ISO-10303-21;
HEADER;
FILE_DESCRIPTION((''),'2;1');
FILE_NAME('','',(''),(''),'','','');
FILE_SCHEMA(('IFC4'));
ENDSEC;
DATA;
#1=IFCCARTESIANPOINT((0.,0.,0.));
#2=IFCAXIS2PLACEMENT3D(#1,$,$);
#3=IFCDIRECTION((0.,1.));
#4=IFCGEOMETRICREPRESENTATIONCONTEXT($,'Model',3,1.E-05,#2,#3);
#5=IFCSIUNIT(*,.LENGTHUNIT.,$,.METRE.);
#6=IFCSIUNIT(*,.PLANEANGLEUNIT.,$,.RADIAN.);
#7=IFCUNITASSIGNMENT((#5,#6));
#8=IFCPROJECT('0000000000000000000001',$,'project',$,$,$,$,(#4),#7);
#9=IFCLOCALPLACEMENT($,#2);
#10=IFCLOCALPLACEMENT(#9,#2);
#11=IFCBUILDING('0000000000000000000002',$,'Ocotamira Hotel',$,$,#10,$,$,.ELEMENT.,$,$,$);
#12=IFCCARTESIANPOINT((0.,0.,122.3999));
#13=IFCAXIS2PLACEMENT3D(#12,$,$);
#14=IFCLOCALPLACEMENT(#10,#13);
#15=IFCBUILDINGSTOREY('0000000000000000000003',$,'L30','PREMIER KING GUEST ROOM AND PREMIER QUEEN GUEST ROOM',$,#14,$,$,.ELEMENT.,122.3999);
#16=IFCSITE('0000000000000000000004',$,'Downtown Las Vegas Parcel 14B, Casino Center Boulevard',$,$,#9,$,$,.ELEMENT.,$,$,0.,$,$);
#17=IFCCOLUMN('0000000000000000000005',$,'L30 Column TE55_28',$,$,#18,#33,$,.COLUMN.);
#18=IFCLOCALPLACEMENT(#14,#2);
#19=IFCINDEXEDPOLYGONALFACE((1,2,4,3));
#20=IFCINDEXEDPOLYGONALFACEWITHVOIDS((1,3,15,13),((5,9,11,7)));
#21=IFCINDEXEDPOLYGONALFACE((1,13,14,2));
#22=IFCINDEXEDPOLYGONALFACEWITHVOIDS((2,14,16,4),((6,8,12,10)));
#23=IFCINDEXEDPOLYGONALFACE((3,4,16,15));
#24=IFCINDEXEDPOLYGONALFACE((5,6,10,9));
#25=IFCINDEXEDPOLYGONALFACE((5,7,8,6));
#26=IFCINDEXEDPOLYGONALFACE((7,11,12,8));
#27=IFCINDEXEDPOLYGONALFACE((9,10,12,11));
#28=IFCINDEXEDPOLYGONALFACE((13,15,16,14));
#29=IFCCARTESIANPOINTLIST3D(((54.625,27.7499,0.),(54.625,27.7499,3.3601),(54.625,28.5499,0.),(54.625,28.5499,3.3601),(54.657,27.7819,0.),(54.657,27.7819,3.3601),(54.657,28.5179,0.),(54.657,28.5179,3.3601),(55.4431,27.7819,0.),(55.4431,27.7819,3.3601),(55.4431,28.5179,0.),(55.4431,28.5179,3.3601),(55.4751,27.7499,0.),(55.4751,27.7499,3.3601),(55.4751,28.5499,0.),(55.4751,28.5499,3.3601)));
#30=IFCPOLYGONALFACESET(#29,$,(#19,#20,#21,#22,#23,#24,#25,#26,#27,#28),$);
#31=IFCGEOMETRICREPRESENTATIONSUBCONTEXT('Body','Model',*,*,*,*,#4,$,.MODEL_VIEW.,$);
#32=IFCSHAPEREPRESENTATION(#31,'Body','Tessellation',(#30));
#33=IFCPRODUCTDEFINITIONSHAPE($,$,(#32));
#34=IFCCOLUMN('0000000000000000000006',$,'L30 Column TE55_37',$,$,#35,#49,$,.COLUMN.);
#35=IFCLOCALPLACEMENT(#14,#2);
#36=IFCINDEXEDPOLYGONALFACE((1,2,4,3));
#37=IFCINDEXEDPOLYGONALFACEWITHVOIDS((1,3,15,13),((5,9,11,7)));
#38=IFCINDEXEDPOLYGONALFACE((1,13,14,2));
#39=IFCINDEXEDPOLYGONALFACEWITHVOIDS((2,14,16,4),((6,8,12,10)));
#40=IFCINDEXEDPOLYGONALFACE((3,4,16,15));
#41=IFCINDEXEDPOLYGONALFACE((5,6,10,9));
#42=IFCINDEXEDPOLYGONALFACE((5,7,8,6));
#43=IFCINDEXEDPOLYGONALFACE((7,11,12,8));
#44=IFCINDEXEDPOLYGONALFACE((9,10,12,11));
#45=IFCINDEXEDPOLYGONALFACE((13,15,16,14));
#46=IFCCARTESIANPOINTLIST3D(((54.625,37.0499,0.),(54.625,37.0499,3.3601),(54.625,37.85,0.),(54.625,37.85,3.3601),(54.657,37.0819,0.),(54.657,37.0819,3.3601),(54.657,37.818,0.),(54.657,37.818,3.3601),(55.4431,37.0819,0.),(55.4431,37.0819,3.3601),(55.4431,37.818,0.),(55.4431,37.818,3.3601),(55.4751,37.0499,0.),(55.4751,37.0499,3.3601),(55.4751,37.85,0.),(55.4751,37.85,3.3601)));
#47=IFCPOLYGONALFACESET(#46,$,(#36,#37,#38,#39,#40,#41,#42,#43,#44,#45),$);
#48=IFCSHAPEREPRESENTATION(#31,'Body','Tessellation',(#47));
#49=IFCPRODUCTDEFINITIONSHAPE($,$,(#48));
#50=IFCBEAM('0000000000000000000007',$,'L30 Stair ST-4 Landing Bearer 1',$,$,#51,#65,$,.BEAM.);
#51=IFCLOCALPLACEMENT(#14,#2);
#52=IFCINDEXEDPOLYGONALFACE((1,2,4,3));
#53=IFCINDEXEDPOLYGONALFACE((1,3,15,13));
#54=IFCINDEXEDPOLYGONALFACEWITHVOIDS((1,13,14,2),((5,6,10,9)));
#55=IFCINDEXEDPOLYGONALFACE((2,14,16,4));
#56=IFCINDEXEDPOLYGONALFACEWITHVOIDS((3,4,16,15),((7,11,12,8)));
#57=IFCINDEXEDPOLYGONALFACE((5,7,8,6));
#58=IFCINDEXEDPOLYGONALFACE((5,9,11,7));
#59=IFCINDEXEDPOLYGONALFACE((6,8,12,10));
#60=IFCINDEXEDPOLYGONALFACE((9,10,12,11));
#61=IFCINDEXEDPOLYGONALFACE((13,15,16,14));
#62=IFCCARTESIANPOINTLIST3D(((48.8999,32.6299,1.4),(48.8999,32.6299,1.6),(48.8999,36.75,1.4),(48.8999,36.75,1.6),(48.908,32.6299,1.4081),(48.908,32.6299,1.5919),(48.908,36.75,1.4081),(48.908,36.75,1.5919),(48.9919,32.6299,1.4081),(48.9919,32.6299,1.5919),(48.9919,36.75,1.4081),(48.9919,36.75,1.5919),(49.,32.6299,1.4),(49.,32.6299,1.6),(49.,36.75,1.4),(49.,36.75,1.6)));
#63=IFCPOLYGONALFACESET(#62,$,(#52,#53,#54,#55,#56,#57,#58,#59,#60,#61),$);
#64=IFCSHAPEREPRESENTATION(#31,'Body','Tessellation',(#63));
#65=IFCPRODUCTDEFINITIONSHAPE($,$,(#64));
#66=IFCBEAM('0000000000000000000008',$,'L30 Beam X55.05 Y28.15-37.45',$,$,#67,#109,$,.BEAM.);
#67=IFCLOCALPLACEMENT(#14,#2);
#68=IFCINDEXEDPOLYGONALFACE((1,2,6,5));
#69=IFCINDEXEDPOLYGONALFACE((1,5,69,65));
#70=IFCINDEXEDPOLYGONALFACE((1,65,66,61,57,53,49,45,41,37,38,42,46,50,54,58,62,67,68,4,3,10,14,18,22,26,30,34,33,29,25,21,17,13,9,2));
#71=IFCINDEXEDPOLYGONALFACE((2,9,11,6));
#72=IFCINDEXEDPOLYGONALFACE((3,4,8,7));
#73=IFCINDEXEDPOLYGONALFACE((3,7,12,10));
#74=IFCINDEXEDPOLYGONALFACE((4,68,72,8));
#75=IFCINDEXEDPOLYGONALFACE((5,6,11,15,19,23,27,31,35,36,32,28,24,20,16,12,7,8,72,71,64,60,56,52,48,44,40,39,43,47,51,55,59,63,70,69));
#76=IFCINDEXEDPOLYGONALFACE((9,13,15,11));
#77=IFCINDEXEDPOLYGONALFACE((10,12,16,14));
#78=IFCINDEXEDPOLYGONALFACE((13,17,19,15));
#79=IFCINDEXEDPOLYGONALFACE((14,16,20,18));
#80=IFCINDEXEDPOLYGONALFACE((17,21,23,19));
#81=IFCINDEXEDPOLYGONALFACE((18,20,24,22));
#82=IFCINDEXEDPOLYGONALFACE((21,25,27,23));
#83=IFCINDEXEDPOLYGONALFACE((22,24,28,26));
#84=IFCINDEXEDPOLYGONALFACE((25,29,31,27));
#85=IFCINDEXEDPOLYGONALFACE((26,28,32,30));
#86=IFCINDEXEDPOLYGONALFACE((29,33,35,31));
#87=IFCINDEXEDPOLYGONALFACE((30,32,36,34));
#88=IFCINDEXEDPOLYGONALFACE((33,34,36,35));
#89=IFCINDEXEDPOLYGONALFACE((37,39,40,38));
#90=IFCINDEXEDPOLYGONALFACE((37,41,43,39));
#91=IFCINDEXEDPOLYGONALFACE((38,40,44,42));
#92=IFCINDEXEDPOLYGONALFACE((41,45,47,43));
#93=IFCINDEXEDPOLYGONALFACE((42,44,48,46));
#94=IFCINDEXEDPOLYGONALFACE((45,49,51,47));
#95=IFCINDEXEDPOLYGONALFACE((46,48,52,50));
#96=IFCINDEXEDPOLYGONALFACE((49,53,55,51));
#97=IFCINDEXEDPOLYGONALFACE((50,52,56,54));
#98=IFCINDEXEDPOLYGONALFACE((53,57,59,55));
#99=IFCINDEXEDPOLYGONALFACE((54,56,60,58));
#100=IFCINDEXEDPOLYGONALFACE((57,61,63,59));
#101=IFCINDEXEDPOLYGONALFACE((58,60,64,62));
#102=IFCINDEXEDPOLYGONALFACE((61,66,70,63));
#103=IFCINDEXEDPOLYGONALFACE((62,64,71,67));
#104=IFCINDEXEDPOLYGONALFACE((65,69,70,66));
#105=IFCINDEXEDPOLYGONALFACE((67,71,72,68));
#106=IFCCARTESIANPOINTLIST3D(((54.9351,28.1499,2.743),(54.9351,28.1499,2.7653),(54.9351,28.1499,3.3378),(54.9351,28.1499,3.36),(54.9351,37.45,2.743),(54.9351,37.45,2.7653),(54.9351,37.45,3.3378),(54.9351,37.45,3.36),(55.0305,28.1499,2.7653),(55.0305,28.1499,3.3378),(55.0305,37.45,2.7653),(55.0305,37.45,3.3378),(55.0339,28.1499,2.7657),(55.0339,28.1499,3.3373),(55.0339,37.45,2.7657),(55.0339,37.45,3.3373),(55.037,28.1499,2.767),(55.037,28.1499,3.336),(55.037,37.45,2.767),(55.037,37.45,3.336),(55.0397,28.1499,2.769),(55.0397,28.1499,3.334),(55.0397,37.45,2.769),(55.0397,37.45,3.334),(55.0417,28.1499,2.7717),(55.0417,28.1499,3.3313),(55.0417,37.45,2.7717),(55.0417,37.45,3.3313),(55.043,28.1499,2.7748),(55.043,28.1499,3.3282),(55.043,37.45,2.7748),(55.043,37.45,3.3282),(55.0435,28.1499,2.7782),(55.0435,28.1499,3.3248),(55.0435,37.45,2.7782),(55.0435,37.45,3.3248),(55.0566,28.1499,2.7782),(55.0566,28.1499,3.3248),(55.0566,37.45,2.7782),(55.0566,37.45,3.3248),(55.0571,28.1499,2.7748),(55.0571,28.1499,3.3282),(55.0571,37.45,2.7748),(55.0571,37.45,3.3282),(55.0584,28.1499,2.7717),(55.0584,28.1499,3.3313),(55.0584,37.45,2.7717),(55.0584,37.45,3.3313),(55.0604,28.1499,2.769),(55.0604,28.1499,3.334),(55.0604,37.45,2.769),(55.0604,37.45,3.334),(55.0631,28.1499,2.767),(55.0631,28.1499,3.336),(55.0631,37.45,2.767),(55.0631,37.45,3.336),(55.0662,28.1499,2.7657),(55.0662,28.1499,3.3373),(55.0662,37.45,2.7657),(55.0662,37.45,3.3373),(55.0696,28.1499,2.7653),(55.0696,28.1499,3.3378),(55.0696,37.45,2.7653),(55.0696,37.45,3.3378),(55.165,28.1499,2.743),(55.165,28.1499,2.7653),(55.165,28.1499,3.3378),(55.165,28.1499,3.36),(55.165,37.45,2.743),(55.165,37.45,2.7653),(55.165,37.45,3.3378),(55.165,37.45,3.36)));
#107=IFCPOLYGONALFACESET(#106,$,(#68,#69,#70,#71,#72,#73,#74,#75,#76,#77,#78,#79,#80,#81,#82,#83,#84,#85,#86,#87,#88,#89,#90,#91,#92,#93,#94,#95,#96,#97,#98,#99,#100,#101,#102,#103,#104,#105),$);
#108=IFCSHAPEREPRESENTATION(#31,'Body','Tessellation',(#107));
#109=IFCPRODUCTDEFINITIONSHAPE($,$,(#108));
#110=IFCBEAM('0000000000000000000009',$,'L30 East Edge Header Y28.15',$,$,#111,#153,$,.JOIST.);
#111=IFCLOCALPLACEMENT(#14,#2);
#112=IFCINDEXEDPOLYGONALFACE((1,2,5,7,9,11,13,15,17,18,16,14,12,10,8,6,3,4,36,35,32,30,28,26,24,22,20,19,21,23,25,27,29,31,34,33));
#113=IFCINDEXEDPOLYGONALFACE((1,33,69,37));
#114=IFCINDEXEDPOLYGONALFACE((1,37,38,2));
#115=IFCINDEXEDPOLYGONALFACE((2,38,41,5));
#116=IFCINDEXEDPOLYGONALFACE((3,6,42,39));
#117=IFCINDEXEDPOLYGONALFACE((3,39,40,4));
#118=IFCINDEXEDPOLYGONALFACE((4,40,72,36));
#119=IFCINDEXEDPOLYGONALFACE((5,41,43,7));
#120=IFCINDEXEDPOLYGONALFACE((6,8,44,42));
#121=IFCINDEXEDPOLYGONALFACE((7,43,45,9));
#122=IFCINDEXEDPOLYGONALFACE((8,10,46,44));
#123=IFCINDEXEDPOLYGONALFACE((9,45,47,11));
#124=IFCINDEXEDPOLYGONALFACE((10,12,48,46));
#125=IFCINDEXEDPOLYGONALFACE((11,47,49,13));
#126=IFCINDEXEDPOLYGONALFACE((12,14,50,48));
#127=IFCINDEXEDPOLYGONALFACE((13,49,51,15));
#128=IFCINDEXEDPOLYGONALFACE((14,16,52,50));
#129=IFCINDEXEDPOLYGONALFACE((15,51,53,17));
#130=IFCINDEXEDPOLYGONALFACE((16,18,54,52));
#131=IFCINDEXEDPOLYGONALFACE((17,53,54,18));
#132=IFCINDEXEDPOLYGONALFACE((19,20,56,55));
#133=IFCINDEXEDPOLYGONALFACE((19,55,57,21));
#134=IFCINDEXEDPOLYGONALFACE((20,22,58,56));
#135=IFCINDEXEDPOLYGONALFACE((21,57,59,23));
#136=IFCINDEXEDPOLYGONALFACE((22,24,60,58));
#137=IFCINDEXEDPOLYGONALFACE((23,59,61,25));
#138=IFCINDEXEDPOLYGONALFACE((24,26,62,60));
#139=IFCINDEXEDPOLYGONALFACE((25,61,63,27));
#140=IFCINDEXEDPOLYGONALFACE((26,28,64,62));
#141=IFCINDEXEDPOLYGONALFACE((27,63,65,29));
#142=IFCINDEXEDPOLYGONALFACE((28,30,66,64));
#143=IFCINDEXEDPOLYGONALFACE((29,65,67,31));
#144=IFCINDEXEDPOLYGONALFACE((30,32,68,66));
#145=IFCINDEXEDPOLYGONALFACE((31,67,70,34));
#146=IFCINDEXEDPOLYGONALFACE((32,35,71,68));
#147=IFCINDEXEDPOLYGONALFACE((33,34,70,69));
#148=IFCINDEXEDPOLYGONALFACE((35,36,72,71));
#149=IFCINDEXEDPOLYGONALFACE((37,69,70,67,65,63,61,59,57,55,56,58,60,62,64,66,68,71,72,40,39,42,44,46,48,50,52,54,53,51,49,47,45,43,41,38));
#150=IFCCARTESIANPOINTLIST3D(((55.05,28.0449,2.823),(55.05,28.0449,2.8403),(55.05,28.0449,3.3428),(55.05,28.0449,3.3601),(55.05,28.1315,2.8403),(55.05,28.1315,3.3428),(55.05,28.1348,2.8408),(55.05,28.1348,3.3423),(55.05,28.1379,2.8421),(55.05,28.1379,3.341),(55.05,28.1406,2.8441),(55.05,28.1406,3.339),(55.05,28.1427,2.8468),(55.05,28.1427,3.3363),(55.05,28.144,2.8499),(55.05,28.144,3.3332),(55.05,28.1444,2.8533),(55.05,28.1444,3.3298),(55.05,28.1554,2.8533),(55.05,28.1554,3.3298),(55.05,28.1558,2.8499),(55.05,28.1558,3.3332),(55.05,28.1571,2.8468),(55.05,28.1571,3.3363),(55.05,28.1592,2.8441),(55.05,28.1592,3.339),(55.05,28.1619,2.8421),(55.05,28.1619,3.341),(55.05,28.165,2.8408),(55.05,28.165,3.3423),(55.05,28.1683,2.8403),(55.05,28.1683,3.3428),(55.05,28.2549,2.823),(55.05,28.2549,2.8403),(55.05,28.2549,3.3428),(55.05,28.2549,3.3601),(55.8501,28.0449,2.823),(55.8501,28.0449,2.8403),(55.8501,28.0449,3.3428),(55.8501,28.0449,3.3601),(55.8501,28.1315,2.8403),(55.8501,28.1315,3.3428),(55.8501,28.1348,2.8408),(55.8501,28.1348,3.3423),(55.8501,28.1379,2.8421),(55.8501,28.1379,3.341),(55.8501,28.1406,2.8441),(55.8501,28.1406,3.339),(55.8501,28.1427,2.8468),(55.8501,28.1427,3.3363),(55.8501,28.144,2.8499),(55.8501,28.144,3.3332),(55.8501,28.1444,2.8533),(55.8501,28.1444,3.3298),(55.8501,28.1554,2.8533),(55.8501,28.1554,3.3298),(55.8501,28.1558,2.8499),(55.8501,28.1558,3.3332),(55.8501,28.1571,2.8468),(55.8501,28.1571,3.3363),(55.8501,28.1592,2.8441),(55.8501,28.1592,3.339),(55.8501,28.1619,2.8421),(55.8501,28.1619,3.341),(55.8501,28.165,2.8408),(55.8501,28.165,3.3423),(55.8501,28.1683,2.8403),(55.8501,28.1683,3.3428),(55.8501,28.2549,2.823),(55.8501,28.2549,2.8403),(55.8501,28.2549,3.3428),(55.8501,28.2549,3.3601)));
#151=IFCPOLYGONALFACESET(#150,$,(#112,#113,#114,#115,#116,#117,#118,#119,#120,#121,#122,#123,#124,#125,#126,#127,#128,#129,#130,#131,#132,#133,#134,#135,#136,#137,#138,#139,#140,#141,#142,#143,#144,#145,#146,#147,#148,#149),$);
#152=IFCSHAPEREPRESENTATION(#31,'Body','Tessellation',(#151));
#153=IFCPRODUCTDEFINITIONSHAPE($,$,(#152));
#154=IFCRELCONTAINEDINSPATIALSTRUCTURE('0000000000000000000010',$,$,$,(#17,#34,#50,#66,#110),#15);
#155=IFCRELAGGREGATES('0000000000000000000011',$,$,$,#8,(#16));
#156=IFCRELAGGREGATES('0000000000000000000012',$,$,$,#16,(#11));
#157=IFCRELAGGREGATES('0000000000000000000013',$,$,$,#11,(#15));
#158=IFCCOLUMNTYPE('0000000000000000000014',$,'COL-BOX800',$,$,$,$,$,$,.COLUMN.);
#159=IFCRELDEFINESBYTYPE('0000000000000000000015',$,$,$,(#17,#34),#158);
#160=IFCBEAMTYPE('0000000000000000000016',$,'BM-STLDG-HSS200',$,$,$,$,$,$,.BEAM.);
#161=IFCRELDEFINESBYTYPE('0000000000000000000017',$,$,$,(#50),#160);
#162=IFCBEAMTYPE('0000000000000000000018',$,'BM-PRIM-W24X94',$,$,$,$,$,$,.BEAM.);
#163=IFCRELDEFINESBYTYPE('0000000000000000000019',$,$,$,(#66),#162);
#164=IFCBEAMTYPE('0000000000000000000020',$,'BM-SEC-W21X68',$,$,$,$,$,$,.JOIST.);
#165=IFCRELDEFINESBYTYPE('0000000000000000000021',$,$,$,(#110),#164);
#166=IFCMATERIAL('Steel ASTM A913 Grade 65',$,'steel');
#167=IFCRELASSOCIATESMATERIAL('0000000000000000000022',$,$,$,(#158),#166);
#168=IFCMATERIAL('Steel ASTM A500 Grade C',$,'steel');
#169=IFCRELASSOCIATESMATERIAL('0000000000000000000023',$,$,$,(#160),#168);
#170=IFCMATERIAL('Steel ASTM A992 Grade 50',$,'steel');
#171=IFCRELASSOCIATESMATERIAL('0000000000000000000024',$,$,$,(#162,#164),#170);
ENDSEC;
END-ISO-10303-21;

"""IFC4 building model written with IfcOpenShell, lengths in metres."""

from ifc_helpers import new_model, si_unit, direction, frame, origin, origin_2d, place, context, subcontext, project, spatial, hollow_rectangle, i_section, extrude, source, transform, mapped, material, material_profile, profile_set, type_object, element, save


model = new_model("IFC4")

# Units and contexts
model_context = context("Model", 3, precision=1e-05, world=origin(), true_north=direction((0.0, 1.0)))
body_context = subcontext(model_context, "Body", "Model", "MODEL_VIEW")
ifc_project = project(units=[si_unit("LENGTHUNIT", "METRE"), si_unit("PLANEANGLEUNIT", "RADIAN")], contexts=[model_context])

# Site, building, storey
site_placement = place(None, origin())
site = spatial("IfcSite", under=ifc_project, at=site_placement, Name="Downtown Las Vegas Parcel 14B, Casino Center Boulevard", CompositionType="ELEMENT", RefElevation=0.0)
building_placement = place(site_placement, origin())
building = spatial("IfcBuilding", under=site, at=building_placement, Name="Ocotamira Hotel", CompositionType="ELEMENT")
storey_placement = place(building_placement, frame((0.0, 0.0, 122.3999)))
storey = spatial("IfcBuildingStorey", under=building, at=storey_placement, Name="L30", Description="PREMIER KING GUEST ROOM AND PREMIER QUEEN GUEST ROOM", CompositionType="ELEMENT", Elevation=122.3999)

# Columns
ifc_material_1 = material(Name="Steel ASTM A913 Grade 65", Category="steel")
ifc_material_profile_1 = material_profile(ifc_material_1, hollow_rectangle(XDim=0.8501, YDim=0.8, WallThickness=0.032, at=origin_2d()), Name="BOX800X850X32")
ifc_profile_set_1 = profile_set([ifc_material_profile_1], Name="Steel ASTM A913 Grade 65")
column_type = type_object("IfcColumnType", Name="COL-BOX800", PredefinedType="COLUMN", material=ifc_profile_set_1)
shared_shape_1 = source(origin(), body_context, "Body", "SweptSolid", [
    extrude(hollow_rectangle(XDim=0.8501, YDim=0.8, WallThickness=0.032, at=origin_2d()), origin(), (0.0, 0.0, 1.0), 3.3601),
])
for number, where, z_axis, x_axis, name in (
    (1, (55.05, 28.1499, 0.0), (0.0, 0.0, 1.0), (1.0, 0.0, 0.0), "L30 Column TE55_28"),
    (2, (55.05, 37.45, 0.0), (0.0, 0.0, 1.0), (1.0, 0.0, 0.0), "L30 Column TE55_37"),
):
    element("IfcColumn", number, at=place(storey_placement, frame(where, z_axis=z_axis, x_axis=x_axis)), inside=storey, type_object=column_type, Name=name, PredefinedType="COLUMN", context=body_context, shape_type="MappedRepresentation", body=[
        mapped(shared_shape_1, transform((0.0, 0.0, 0.0), scale=1.0)),
    ])

# Beams
ifc_material_2 = material(Name="Steel ASTM A500 Grade C", Category="steel")
ifc_material_profile_2 = material_profile(ifc_material_2, hollow_rectangle(XDim=0.1001, YDim=0.2, WallThickness=0.0081, at=origin_2d()), Name="HSS200X100X8")
ifc_profile_set_2 = profile_set([ifc_material_profile_2], Name="Steel ASTM A500 Grade C")
beam_type_1 = type_object("IfcBeamType", Name="BM-STLDG-HSS200", PredefinedType="BEAM", material=ifc_profile_set_2)
shared_shape_2 = source(origin(), body_context, "Body", "SweptSolid", [
    extrude(hollow_rectangle(XDim=0.1001, YDim=0.2, WallThickness=0.0081, at=origin_2d()), origin(), (0.0, 0.0, 1.0), 4.1201),
])
beam_1_placement = place(storey_placement, frame((48.95, 32.6299, 1.5), z_axis=(0.0, 1.0, 0.0), x_axis=(-1.0, 0.0, 0.0)))
element("IfcBeam", 3, at=beam_1_placement, inside=storey, type_object=beam_type_1, Name="L30 Stair ST-4 Landing Bearer 1", PredefinedType="BEAM", context=body_context, shape_type="MappedRepresentation", body=[
    mapped(shared_shape_2, transform((0.0, 0.0, 0.0), scale=1.0)),
])
ifc_material_3 = material(Name="Steel ASTM A992 Grade 50", Category="steel")
ifc_material_profile_3 = material_profile(ifc_material_3, i_section(OverallWidth=0.23, OverallDepth=0.6169, WebThickness=0.0132, FlangeThickness=0.0222, FilletRadius=0.0129, at=origin_2d()), Name="W24X94")
ifc_profile_set_3 = profile_set([ifc_material_profile_3], Name="Steel ASTM A992 Grade 50")
beam_type_2 = type_object("IfcBeamType", Name="BM-PRIM-W24X94", PredefinedType="BEAM", material=ifc_profile_set_3)
shared_shape_3 = source(origin(), body_context, "Body", "SweptSolid", [
    extrude(i_section(OverallWidth=0.23, OverallDepth=0.6169, WebThickness=0.0132, FlangeThickness=0.0222, FilletRadius=0.0129, at=origin_2d()), origin(), (0.0, 0.0, 1.0), 9.3),
])
beam_2_placement = place(storey_placement, frame((55.05, 28.1499, 3.0515), z_axis=(0.0, 1.0, 0.0), x_axis=(-1.0, 0.0, 0.0)))
element("IfcBeam", 4, at=beam_2_placement, inside=storey, type_object=beam_type_2, Name="L30 Beam X55.05 Y28.15-37.45", PredefinedType="BEAM", context=body_context, shape_type="MappedRepresentation", body=[
    mapped(shared_shape_3, transform((0.0, 0.0, 0.0), scale=1.0)),
])
ifc_material_profile_4 = material_profile(ifc_material_3, i_section(OverallWidth=0.21, OverallDepth=0.5371, WebThickness=0.011, FlangeThickness=0.0173, FilletRadius=0.0129, at=origin_2d()), Name="W21X68")
ifc_profile_set_4 = profile_set([ifc_material_profile_4], Name="Steel ASTM A992 Grade 50")
beam_type_3 = type_object("IfcBeamType", Name="BM-SEC-W21X68", PredefinedType="JOIST", material=ifc_profile_set_4)
shared_shape_4 = source(origin(), body_context, "Body", "SweptSolid", [
    extrude(i_section(OverallWidth=0.21, OverallDepth=0.5371, WebThickness=0.011, FlangeThickness=0.0173, FilletRadius=0.0129, at=origin_2d()), origin(), (0.0, 0.0, 1.0), 0.8),
])
for number, where, z_axis, x_axis, name in (
    (5, (55.05, 28.1499, 3.0916), (1.0, 0.0, 0.0), (0.0, 1.0, 0.0), "L30 East Edge Header Y28.15"),
):
    element("IfcBeam", number, at=place(storey_placement, frame(where, z_axis=z_axis, x_axis=x_axis)), inside=storey, type_object=beam_type_3, Name=name, PredefinedType="JOIST", context=body_context, shape_type="MappedRepresentation", body=[
        mapped(shared_shape_4, transform((0.0, 0.0, 0.0), scale=1.0)),
    ])

save(model, "model.ifc")
